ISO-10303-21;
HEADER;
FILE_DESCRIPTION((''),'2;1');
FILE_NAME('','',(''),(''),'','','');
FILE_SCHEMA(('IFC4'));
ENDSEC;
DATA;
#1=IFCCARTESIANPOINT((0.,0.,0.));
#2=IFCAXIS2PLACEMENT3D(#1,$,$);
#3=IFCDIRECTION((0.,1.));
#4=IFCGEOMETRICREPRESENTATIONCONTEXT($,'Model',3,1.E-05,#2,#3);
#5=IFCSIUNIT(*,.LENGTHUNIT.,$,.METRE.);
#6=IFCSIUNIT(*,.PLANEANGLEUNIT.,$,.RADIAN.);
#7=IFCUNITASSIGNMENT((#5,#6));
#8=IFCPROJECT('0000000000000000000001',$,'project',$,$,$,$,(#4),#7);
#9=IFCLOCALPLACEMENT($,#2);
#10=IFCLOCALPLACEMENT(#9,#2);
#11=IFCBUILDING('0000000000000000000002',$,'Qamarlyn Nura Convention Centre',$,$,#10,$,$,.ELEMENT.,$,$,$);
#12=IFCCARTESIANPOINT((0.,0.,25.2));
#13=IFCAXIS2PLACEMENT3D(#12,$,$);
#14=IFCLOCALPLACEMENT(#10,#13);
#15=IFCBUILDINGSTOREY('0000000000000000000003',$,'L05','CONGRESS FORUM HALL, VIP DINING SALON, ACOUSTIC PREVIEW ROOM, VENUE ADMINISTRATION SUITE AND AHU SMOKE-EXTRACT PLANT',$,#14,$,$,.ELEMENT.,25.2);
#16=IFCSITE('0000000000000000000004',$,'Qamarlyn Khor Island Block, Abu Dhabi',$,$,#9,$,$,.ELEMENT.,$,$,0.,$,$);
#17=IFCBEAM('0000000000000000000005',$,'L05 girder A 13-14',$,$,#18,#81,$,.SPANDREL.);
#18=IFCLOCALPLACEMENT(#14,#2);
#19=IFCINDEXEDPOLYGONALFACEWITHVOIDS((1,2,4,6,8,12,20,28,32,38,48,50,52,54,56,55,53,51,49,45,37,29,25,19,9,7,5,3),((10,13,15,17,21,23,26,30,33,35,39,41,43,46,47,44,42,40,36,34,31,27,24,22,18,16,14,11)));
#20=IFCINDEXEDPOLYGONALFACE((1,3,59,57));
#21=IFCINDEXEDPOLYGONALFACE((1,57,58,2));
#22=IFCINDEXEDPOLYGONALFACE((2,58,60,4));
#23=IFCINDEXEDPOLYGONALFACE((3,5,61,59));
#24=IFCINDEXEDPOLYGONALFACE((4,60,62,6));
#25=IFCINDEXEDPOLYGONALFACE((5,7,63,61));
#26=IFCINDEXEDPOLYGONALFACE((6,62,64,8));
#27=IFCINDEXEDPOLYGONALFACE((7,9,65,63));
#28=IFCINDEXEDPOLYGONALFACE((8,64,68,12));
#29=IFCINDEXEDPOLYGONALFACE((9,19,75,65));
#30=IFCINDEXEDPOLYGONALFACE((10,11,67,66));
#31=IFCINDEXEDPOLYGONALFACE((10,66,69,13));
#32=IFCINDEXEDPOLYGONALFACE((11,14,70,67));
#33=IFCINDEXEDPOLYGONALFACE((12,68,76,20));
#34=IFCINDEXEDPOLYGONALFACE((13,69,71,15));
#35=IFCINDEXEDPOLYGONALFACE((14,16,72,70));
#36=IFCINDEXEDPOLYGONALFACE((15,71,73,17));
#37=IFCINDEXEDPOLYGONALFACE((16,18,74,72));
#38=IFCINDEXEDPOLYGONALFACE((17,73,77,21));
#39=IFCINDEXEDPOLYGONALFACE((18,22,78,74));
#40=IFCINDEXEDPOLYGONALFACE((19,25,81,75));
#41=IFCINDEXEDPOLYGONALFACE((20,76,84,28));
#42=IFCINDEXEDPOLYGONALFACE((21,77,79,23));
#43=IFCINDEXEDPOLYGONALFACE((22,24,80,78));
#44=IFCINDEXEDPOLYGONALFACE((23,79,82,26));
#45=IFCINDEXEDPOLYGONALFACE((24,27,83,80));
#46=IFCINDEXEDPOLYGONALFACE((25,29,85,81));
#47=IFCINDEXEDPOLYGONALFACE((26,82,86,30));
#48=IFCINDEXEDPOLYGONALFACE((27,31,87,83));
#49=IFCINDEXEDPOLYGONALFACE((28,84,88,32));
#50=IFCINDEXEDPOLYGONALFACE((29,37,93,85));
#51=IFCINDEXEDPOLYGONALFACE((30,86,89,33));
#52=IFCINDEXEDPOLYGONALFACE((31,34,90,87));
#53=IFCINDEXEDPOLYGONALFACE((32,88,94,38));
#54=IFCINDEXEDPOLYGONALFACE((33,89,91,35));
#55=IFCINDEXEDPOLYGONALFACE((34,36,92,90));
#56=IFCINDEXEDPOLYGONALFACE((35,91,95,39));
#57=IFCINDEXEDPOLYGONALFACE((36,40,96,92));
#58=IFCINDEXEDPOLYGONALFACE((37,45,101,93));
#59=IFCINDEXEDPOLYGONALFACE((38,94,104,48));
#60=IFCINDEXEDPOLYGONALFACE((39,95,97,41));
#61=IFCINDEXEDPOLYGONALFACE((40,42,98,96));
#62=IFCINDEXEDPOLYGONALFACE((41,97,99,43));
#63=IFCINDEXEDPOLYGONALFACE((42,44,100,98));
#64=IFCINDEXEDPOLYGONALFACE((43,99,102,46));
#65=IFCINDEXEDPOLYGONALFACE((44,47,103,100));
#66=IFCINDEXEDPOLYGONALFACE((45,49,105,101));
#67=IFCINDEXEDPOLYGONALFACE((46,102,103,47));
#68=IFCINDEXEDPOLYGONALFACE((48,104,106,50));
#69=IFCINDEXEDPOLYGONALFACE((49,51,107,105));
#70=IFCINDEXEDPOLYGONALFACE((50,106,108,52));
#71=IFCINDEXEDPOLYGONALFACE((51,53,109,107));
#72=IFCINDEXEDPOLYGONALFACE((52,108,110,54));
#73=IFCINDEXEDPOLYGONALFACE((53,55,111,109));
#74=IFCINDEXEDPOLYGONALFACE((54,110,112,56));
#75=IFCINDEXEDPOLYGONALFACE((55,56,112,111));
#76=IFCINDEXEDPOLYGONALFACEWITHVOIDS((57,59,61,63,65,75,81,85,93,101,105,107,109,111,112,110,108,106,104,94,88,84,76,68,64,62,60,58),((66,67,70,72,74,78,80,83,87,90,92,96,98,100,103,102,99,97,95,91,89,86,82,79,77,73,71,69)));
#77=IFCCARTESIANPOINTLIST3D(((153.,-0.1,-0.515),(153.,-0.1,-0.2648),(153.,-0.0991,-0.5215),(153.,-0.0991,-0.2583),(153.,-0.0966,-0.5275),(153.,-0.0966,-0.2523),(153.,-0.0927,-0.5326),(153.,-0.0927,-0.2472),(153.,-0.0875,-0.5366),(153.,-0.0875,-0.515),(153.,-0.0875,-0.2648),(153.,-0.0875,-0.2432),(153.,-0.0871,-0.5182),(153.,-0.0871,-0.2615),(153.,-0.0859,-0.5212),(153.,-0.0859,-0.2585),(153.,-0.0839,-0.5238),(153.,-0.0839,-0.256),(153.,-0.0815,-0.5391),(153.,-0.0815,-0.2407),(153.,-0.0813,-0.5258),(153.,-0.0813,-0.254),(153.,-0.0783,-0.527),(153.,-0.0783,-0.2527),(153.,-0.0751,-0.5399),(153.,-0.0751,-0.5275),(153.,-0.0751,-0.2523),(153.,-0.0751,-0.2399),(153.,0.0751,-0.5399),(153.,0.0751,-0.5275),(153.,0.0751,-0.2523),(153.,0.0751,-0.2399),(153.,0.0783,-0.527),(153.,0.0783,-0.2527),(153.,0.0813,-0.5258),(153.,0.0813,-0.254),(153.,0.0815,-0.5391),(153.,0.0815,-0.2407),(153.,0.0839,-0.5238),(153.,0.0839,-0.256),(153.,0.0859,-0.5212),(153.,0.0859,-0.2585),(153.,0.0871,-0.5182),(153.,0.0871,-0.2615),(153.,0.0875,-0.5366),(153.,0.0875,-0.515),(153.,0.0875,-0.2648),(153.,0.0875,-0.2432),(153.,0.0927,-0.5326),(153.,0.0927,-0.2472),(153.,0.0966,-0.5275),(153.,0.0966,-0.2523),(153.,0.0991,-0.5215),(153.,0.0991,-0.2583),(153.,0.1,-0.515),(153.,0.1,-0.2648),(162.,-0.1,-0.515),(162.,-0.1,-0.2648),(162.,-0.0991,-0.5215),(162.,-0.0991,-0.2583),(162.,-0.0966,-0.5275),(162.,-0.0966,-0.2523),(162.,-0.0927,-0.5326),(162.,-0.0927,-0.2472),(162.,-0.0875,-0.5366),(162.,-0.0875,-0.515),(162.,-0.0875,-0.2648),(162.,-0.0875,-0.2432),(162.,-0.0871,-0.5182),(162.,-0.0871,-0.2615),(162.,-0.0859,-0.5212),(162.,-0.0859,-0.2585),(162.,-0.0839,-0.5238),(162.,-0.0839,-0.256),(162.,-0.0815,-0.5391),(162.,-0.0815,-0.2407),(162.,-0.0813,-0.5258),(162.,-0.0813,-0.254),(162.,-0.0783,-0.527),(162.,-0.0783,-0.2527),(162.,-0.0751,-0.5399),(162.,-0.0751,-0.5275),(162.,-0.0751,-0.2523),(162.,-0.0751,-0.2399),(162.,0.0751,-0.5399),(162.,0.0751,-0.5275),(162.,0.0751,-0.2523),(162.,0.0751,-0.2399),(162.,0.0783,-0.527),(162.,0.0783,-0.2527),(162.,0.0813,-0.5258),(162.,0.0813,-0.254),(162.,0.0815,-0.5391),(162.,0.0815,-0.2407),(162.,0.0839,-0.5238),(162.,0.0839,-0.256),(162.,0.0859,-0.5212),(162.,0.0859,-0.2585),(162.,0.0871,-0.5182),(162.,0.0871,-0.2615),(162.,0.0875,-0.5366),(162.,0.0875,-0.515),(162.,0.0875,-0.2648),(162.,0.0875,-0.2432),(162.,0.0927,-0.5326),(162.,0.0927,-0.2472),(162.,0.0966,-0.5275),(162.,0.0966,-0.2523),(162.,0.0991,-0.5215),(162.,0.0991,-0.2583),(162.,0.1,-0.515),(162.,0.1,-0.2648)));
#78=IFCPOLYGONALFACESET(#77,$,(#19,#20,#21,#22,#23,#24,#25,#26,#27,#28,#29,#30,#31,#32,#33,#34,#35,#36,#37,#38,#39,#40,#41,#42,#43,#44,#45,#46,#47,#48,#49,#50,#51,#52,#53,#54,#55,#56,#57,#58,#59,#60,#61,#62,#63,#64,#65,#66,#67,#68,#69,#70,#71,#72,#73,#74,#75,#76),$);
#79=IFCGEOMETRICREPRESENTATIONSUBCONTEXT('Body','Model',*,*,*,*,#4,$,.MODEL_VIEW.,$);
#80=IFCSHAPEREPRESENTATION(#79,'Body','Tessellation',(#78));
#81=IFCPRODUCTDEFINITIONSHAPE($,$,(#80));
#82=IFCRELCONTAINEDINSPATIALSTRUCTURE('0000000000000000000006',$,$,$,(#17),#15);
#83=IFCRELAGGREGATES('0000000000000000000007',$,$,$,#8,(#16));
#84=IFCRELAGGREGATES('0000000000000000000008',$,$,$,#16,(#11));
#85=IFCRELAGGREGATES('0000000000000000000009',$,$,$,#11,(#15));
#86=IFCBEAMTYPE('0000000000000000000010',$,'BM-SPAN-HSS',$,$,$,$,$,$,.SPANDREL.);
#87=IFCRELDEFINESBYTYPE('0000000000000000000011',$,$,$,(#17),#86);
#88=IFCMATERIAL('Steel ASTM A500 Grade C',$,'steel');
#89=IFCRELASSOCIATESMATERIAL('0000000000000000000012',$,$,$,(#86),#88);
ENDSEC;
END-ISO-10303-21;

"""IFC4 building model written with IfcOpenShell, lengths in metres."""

from ifc_helpers import new_model, si_unit, direction, frame, origin, origin_2d, place, context, subcontext, project, spatial, hollow_rectangle, extrude, material, material_profile, profile_set, type_object, element, save


model = new_model("IFC4")

# Units and contexts
model_context = context("Model", 3, precision=1e-05, world=origin(), true_north=direction((0.0, 1.0)))
body_context = subcontext(model_context, "Body", "Model", "MODEL_VIEW")
ifc_project = project(units=[si_unit("LENGTHUNIT", "METRE"), si_unit("PLANEANGLEUNIT", "RADIAN")], contexts=[model_context])

# Site, building, storey
site_placement = place(None, origin())
site = spatial("IfcSite", under=ifc_project, at=site_placement, Name="Qamarlyn Khor Island Block, Abu Dhabi", CompositionType="ELEMENT", RefElevation=0.0)
building_placement = place(site_placement, origin())
building = spatial("IfcBuilding", under=site, at=building_placement, Name="Qamarlyn Nura Convention Centre", CompositionType="ELEMENT")
storey_placement = place(building_placement, frame((0.0, 0.0, 25.2)))
storey = spatial("IfcBuildingStorey", under=building, at=storey_placement, Name="L05", Description="CONGRESS FORUM HALL, VIP DINING SALON, ACOUSTIC PREVIEW ROOM, VENUE ADMINISTRATION SUITE AND AHU SMOKE-EXTRACT PLANT", CompositionType="ELEMENT", Elevation=25.2)

# Shared definitions
ifc_material_1 = material(Name="Steel ASTM A500 Grade C", Category="steel")

# Beam
ifc_material_profile_1 = material_profile(ifc_material_1, hollow_rectangle(XDim=0.2, YDim=0.3, WallThickness=0.0125, InnerFilletRadius=0.0125, OuterFilletRadius=0.0249, at=origin_2d()), Name="HSS300X200X12.5")
ifc_profile_set_1 = profile_set([ifc_material_profile_1], Name="Steel ASTM A500 Grade C")
beam_type_1 = type_object("IfcBeamType", Name="BM-SPAN-HSS", PredefinedType="SPANDREL", material=ifc_profile_set_1)
beam_1_placement = place(storey_placement, frame((153.0, 0.0, -0.3899), z_axis=(1.0, 0.0, 0.0), x_axis=(0.0, 1.0, 0.0)))
element("IfcBeam", 1, at=beam_1_placement, inside=storey, type_object=beam_type_1, Name="L05 girder A 13-14", PredefinedType="SPANDREL", context=body_context, shape_type="SweptSolid", body=[
    extrude(hollow_rectangle(XDim=0.2, YDim=0.3, WallThickness=0.0125, InnerFilletRadius=0.0125, OuterFilletRadius=0.0249, at=origin_2d()), origin(), (0.0, 0.0, 1.0), 9.0),
])

save(model, "model.ifc")
